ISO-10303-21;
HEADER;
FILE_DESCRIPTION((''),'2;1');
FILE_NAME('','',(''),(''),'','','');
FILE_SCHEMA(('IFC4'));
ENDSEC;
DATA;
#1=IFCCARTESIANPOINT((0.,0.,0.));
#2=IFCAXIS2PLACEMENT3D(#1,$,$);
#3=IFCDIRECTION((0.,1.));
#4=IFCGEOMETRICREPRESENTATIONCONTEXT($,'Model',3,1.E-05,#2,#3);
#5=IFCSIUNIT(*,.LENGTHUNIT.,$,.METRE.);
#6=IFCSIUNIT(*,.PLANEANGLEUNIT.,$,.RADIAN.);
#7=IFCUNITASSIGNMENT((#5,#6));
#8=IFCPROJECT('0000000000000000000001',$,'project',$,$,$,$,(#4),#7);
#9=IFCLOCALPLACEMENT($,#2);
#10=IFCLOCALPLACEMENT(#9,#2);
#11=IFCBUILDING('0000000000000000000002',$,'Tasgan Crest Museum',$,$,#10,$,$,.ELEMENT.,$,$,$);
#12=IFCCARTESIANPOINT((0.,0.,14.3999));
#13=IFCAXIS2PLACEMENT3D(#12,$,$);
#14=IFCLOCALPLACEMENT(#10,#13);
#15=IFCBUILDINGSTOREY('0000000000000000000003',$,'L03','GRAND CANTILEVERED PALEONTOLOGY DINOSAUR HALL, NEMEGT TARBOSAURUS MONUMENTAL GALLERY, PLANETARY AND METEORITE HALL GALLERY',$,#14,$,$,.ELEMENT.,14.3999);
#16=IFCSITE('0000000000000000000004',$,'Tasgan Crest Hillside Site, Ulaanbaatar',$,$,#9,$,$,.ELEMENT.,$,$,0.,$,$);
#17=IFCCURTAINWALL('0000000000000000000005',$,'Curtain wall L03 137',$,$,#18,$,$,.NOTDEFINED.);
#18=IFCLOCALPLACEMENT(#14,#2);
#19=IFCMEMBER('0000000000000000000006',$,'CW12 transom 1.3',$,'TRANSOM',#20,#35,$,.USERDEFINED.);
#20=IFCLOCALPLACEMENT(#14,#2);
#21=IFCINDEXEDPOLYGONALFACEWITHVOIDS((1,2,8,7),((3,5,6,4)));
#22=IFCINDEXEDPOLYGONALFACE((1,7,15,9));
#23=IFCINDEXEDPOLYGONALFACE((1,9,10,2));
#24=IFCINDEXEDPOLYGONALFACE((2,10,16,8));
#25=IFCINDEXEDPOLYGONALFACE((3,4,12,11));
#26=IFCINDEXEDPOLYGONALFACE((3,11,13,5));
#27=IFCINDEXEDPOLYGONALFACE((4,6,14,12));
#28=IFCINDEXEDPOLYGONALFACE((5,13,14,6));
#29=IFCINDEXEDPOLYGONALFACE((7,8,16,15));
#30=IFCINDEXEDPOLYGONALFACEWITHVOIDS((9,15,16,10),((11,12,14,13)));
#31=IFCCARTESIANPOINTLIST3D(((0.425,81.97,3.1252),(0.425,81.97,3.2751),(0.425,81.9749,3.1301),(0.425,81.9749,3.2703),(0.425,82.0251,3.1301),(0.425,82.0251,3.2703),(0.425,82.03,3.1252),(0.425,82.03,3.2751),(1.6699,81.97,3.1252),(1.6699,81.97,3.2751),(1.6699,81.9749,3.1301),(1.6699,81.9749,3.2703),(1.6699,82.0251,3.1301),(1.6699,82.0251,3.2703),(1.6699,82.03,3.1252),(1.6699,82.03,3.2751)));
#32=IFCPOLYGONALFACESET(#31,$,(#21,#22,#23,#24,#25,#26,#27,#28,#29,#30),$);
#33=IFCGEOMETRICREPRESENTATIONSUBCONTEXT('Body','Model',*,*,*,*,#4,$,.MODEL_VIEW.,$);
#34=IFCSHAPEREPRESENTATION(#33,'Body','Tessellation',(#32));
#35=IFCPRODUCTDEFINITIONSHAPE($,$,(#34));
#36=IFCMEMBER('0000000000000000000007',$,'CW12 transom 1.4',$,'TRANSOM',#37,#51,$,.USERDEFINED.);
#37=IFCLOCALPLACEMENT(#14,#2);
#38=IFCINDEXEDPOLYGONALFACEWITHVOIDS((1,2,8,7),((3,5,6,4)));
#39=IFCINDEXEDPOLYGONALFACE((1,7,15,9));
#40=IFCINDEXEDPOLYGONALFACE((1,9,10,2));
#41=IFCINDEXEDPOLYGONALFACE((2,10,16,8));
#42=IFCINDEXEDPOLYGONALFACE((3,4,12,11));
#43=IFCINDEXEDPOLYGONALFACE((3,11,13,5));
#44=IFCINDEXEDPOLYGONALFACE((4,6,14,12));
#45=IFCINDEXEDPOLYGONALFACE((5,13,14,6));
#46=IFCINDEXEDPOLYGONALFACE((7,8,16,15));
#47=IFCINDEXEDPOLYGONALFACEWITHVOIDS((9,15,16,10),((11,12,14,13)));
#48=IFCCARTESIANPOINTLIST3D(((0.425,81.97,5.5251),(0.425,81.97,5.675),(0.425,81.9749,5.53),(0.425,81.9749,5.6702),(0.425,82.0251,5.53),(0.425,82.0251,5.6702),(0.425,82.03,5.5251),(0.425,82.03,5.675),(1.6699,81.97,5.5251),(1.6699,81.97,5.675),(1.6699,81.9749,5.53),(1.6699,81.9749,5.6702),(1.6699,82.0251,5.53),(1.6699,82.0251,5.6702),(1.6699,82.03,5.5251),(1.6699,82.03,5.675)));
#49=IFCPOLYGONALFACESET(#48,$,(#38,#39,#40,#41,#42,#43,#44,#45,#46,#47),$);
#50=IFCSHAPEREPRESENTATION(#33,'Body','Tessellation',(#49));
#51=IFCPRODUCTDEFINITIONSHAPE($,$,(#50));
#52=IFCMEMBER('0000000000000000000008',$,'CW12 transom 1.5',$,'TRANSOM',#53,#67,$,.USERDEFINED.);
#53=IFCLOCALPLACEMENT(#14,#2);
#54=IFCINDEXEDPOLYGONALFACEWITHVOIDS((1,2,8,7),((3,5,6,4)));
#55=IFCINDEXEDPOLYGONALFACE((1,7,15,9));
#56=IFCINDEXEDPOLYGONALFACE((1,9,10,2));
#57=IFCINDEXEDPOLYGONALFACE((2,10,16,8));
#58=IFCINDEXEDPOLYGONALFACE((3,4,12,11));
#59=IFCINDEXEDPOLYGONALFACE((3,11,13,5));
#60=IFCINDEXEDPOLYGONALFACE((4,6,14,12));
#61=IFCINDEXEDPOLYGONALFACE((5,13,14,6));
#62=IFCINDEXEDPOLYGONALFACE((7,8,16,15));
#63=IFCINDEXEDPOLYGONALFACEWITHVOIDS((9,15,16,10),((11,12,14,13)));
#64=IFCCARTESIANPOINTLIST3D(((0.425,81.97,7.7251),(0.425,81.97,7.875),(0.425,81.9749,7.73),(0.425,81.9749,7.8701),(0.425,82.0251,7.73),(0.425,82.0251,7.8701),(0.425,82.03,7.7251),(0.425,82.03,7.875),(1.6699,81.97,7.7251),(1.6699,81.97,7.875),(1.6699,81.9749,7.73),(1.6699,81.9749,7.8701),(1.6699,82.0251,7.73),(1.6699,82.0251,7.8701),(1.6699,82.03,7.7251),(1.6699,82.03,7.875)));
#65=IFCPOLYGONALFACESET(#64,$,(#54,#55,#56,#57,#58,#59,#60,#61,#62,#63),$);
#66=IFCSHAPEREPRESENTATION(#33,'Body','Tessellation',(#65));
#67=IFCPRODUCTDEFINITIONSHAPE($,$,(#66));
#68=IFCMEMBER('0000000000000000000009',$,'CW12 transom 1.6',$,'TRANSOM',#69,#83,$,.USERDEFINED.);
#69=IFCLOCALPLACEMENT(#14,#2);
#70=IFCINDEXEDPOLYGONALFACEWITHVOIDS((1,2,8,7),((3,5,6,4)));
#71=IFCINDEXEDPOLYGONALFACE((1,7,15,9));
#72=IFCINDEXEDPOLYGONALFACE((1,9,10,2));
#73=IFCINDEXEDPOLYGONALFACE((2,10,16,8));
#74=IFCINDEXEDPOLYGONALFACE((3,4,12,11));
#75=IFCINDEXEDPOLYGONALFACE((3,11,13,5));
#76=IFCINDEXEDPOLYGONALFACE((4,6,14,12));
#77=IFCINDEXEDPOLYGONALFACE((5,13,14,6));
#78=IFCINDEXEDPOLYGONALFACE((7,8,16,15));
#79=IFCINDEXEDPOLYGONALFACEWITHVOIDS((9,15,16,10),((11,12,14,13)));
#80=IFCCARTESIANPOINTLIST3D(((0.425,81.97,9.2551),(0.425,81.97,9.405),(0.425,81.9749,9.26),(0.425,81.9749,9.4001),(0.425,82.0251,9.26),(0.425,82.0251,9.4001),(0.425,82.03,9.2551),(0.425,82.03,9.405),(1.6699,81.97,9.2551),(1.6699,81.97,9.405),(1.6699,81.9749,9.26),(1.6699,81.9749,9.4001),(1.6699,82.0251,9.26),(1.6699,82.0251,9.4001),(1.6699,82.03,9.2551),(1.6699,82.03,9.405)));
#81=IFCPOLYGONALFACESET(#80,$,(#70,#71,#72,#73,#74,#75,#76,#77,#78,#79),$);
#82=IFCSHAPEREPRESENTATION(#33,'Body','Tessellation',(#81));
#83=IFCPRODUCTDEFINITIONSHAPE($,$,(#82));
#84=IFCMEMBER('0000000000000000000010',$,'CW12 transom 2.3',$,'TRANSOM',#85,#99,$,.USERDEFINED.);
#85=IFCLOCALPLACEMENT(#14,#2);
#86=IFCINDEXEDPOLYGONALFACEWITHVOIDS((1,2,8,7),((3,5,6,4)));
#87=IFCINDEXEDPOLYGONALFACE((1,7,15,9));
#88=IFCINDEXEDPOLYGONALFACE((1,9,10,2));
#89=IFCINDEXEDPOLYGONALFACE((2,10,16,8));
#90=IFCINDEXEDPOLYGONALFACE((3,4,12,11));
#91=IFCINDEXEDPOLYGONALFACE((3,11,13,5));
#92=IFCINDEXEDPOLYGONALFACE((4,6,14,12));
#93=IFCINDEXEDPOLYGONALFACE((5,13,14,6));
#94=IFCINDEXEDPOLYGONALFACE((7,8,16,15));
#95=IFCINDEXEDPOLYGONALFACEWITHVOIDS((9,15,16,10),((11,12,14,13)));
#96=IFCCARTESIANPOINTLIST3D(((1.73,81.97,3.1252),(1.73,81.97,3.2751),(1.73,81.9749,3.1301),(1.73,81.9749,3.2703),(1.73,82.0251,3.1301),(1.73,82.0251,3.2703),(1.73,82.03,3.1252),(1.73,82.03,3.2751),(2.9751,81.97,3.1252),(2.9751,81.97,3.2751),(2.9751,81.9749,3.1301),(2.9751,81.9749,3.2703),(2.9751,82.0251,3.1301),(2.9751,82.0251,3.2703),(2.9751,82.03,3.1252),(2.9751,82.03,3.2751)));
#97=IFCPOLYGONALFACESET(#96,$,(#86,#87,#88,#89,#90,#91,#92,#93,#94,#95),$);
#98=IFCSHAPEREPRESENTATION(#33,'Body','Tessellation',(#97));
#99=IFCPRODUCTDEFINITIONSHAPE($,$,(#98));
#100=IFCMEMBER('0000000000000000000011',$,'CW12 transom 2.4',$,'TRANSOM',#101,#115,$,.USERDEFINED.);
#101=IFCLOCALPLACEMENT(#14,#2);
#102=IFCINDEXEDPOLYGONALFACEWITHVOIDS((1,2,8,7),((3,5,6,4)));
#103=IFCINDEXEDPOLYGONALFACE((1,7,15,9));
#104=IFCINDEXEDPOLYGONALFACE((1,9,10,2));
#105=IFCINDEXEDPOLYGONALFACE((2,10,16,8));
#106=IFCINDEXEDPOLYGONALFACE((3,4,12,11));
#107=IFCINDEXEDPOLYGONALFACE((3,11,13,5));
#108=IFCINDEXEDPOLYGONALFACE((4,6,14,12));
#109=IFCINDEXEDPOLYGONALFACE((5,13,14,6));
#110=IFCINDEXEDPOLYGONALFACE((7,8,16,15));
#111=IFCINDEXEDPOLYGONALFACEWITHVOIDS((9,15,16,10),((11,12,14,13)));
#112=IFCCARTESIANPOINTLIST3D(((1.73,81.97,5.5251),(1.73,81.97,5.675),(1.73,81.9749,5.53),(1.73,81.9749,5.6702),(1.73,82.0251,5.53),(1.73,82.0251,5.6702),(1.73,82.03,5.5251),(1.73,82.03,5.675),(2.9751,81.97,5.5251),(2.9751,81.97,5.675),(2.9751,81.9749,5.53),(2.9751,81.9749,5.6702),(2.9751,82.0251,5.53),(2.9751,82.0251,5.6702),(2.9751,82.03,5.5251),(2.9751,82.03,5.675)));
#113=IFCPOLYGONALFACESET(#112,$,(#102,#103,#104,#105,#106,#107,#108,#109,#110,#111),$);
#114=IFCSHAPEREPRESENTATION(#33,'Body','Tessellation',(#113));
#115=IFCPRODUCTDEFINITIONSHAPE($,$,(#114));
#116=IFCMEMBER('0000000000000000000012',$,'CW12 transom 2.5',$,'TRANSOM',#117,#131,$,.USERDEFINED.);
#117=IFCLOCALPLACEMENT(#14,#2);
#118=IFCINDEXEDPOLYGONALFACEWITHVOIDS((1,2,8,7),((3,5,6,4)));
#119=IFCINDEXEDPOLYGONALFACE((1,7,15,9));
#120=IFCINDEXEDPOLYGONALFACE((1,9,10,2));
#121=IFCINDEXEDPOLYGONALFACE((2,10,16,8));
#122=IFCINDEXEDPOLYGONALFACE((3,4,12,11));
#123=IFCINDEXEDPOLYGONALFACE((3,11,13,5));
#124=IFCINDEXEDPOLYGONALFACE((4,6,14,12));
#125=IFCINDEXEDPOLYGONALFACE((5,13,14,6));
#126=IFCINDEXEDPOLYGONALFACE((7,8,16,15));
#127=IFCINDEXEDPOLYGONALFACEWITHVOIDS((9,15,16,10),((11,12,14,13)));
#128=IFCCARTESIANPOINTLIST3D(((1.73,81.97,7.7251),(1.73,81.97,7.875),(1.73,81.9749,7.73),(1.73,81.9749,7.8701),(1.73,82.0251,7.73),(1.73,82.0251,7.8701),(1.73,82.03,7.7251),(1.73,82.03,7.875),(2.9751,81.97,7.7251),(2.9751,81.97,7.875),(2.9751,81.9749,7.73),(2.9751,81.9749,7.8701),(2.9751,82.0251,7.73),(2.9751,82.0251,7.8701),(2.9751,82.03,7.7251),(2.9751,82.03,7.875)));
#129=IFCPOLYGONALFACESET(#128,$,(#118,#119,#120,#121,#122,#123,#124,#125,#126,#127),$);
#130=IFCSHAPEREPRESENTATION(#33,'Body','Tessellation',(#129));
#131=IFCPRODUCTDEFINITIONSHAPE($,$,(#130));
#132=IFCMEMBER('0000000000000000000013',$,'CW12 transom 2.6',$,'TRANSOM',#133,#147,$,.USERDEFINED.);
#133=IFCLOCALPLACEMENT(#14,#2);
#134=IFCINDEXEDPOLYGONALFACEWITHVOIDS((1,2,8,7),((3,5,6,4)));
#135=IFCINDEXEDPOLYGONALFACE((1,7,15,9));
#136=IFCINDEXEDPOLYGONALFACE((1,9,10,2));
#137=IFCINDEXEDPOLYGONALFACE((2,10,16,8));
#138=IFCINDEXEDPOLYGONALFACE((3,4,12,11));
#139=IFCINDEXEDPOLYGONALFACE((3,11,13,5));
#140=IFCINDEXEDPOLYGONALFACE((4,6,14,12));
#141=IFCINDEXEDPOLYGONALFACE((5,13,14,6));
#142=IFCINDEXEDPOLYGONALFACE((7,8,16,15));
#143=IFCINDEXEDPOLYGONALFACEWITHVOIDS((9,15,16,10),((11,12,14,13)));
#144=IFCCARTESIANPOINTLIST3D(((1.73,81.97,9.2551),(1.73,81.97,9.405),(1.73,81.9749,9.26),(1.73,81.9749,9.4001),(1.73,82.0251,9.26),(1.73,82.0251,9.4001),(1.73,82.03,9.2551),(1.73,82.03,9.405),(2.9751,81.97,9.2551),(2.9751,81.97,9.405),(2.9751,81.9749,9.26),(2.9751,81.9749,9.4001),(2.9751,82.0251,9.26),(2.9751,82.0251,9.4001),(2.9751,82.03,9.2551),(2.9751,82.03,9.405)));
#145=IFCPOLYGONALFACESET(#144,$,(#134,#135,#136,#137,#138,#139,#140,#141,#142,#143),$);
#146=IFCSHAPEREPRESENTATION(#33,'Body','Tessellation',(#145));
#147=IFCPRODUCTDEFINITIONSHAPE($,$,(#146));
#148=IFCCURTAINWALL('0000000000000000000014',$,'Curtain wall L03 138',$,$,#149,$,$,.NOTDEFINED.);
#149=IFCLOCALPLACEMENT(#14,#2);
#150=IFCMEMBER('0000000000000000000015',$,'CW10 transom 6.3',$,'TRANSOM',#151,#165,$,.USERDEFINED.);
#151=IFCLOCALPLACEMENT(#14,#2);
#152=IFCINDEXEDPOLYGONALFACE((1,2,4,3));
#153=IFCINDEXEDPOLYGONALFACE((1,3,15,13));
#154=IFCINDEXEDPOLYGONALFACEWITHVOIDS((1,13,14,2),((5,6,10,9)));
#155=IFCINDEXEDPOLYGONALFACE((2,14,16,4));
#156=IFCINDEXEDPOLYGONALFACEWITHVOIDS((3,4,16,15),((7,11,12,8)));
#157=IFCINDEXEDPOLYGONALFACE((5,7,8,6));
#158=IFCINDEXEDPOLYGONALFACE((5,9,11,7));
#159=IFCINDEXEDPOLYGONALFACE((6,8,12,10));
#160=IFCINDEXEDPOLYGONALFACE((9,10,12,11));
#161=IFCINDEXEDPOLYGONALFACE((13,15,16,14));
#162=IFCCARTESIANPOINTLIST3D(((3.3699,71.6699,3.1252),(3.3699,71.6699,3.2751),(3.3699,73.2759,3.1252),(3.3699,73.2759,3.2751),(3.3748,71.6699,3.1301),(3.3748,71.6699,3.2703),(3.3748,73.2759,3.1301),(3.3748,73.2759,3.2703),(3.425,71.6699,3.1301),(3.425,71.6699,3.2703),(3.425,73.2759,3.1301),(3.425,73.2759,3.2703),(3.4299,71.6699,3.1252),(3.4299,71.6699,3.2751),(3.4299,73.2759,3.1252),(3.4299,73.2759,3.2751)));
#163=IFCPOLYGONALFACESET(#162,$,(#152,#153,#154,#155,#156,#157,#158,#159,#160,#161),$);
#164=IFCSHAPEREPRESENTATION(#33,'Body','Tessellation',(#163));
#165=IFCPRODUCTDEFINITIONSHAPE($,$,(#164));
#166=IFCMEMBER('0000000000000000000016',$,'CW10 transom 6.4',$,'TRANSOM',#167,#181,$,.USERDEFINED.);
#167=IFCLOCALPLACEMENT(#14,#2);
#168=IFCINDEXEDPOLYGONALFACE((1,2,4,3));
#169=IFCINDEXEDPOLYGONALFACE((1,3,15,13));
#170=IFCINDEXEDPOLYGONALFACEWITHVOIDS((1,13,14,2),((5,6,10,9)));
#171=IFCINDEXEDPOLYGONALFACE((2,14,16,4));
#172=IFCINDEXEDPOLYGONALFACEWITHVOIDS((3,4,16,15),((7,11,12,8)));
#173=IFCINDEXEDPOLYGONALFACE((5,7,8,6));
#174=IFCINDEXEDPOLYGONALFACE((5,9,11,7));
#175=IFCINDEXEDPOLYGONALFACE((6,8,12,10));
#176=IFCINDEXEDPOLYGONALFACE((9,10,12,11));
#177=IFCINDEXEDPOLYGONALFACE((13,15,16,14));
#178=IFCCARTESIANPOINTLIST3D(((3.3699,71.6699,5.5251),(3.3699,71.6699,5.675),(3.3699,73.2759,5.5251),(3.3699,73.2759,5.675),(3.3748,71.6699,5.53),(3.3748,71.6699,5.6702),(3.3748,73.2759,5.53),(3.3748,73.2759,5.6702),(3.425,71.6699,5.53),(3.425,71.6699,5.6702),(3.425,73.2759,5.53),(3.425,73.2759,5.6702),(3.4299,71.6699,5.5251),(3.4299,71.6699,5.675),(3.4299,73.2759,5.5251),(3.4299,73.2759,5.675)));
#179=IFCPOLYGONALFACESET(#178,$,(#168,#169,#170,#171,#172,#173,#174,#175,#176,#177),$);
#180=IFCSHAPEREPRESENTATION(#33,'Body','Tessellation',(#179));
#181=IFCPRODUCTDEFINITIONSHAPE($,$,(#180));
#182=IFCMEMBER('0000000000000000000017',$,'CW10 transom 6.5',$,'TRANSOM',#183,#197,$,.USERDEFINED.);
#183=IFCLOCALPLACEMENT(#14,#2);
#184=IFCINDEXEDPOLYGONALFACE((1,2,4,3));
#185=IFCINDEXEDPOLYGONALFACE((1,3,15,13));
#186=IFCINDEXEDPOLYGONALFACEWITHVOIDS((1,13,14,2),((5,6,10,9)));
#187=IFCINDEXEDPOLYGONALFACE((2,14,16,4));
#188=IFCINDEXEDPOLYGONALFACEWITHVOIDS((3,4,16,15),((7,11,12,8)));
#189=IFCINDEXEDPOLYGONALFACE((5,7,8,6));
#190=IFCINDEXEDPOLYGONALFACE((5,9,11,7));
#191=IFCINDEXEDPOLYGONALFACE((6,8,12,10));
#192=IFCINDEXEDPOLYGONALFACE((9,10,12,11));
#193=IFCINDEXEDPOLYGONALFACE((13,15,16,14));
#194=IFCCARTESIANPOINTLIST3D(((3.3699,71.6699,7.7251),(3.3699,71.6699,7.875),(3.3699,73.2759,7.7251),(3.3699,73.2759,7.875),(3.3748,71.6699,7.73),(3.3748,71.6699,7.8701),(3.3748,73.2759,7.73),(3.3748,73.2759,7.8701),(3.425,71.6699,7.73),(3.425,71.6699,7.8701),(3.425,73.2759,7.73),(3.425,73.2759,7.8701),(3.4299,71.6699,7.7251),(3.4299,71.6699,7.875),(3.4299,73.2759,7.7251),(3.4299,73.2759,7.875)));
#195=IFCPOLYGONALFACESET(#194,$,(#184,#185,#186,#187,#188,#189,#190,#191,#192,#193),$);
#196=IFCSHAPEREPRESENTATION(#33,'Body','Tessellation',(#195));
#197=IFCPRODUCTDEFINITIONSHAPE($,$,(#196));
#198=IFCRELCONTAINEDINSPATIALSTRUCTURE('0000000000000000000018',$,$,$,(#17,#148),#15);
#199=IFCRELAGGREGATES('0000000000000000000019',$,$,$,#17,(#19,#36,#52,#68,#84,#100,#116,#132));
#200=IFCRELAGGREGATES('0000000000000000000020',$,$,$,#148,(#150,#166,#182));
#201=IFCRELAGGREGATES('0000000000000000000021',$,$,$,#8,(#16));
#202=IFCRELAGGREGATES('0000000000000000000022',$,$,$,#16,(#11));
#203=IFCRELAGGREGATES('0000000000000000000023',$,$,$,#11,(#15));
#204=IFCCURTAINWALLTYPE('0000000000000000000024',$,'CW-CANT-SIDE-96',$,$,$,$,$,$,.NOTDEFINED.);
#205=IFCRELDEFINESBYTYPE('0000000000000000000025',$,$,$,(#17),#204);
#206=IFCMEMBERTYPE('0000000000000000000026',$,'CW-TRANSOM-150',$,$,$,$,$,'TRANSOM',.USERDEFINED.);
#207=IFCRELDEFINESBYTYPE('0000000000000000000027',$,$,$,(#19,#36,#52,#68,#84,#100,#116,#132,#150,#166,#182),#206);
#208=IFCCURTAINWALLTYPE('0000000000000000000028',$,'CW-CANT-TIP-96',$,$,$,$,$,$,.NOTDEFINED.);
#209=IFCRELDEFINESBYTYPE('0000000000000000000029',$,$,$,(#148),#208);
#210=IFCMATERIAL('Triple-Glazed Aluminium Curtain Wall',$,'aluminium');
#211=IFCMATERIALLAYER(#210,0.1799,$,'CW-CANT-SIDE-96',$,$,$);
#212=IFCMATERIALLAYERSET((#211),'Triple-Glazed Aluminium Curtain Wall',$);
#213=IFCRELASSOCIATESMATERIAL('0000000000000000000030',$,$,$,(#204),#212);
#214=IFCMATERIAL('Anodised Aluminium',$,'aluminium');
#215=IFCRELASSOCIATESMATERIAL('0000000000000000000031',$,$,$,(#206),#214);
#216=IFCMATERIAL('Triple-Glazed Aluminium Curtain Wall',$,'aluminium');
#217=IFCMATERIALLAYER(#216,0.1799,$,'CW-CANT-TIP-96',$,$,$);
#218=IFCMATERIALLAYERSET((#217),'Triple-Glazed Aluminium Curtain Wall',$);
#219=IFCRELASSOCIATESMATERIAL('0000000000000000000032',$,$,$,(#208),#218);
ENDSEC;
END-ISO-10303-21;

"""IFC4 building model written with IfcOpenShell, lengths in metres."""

from ifc_helpers import new_model, si_unit, direction, frame, origin, origin_2d, place, context, subcontext, project, spatial, hollow_rectangle, extrude, material, layer, layer_set, material_profile, profile_set, type_object, element, aggregate, save


model = new_model("IFC4")

# Units and contexts
model_context = context("Model", 3, precision=1e-05, world=origin(), true_north=direction((0.0, 1.0)))
body_context = subcontext(model_context, "Body", "Model", "MODEL_VIEW")
ifc_project = project(units=[si_unit("LENGTHUNIT", "METRE"), si_unit("PLANEANGLEUNIT", "RADIAN")], contexts=[model_context])

# Site, building, storey
site_placement = place(None, origin())
site = spatial("IfcSite", under=ifc_project, at=site_placement, Name="Tasgan Crest Hillside Site, Ulaanbaatar", CompositionType="ELEMENT", RefElevation=0.0)
building_placement = place(site_placement, origin())
building = spatial("IfcBuilding", under=site, at=building_placement, Name="Tasgan Crest Museum", CompositionType="ELEMENT")
storey_placement = place(building_placement, frame((0.0, 0.0, 14.3999)))
storey = spatial("IfcBuildingStorey", under=building, at=storey_placement, Name="L03", Description="GRAND CANTILEVERED PALEONTOLOGY DINOSAUR HALL, NEMEGT TARBOSAURUS MONUMENTAL GALLERY, PLANETARY AND METEORITE HALL GALLERY", CompositionType="ELEMENT", Elevation=14.3999)

# Curtain walls, members
ifc_material_1 = material(Name="Triple-Glazed Aluminium Curtain Wall", Category="aluminium")
ifc_layer_1 = layer(ifc_material_1, 0.1799, Name="CW-CANT-SIDE-96")
ifc_layer_set_1 = layer_set([ifc_layer_1], Name="Triple-Glazed Aluminium Curtain Wall")
curtain_wall_type_1 = type_object("IfcCurtainWallType", Name="CW-CANT-SIDE-96", PredefinedType="NOTDEFINED", material=ifc_layer_set_1)
curtain_wall_1_placement = place(storey_placement, origin())
curtain_wall_1 = element("IfcCurtainWall", 1, at=curtain_wall_1_placement, inside=storey, type_object=curtain_wall_type_1, Name="Curtain wall L03 137", PredefinedType="NOTDEFINED")
ifc_material_2 = material(Name="Anodised Aluminium", Category="aluminium")
ifc_material_profile = material_profile(ifc_material_2, hollow_rectangle(XDim=0.0601, YDim=0.1499, WallThickness=0.0049, at=origin_2d()), Name="ALU TRANSOM 150x60x5")
ifc_profile_set = profile_set([ifc_material_profile], Name="Anodised Aluminium")
member_type = type_object("IfcMemberType", Name="CW-TRANSOM-150", ElementType="TRANSOM", PredefinedType="USERDEFINED", material=ifc_profile_set)
member_1_placement = place(storey_placement, frame((0.425, 82.0, 3.2002), z_axis=(1.0, 0.0, 0.0), x_axis=(0.0, 1.0, 0.0)))
member_1 = element("IfcMember", 2, at=member_1_placement, type_object=member_type, Name="CW12 transom 1.3", ObjectType="TRANSOM", PredefinedType="USERDEFINED", context=body_context, shape_type="SweptSolid", body=[
    extrude(hollow_rectangle(XDim=0.0601, YDim=0.1499, WallThickness=0.0049, at=origin_2d()), origin(), (0.0, 0.0, 1.0), 1.2449),
])
member_2_placement = place(storey_placement, frame((0.425, 82.0, 5.6001), z_axis=(1.0, 0.0, 0.0), x_axis=(0.0, 1.0, 0.0)))
member_2 = element("IfcMember", 3, at=member_2_placement, type_object=member_type, Name="CW12 transom 1.4", ObjectType="TRANSOM", PredefinedType="USERDEFINED", context=body_context, shape_type="SweptSolid", body=[
    extrude(hollow_rectangle(XDim=0.0601, YDim=0.1499, WallThickness=0.0049, at=origin_2d()), origin(), (0.0, 0.0, 1.0), 1.2449),
])
member_3_placement = place(storey_placement, frame((0.425, 82.0, 7.8), z_axis=(1.0, 0.0, 0.0), x_axis=(0.0, 1.0, 0.0)))
member_3 = element("IfcMember", 4, at=member_3_placement, type_object=member_type, Name="CW12 transom 1.5", ObjectType="TRANSOM", PredefinedType="USERDEFINED", context=body_context, shape_type="SweptSolid", body=[
    extrude(hollow_rectangle(XDim=0.0601, YDim=0.1499, WallThickness=0.0049, at=origin_2d()), origin(), (0.0, 0.0, 1.0), 1.2449),
])
member_4_placement = place(storey_placement, frame((0.425, 82.0, 9.3301), z_axis=(1.0, 0.0, 0.0), x_axis=(0.0, 1.0, 0.0)))
member_4 = element("IfcMember", 5, at=member_4_placement, type_object=member_type, Name="CW12 transom 1.6", ObjectType="TRANSOM", PredefinedType="USERDEFINED", context=body_context, shape_type="SweptSolid", body=[
    extrude(hollow_rectangle(XDim=0.0601, YDim=0.1499, WallThickness=0.0049, at=origin_2d()), origin(), (0.0, 0.0, 1.0), 1.2449),
])
member_5_placement = place(storey_placement, frame((1.73, 82.0, 3.2002), z_axis=(1.0, 0.0, 0.0), x_axis=(0.0, 1.0, 0.0)))
member_5 = element("IfcMember", 6, at=member_5_placement, type_object=member_type, Name="CW12 transom 2.3", ObjectType="TRANSOM", PredefinedType="USERDEFINED", context=body_context, shape_type="SweptSolid", body=[
    extrude(hollow_rectangle(XDim=0.0601, YDim=0.1499, WallThickness=0.0049, at=origin_2d()), origin(), (0.0, 0.0, 1.0), 1.2451),
])
member_6_placement = place(storey_placement, frame((1.73, 82.0, 5.6001), z_axis=(1.0, 0.0, 0.0), x_axis=(0.0, 1.0, 0.0)))
member_6 = element("IfcMember", 7, at=member_6_placement, type_object=member_type, Name="CW12 transom 2.4", ObjectType="TRANSOM", PredefinedType="USERDEFINED", context=body_context, shape_type="SweptSolid", body=[
    extrude(hollow_rectangle(XDim=0.0601, YDim=0.1499, WallThickness=0.0049, at=origin_2d()), origin(), (0.0, 0.0, 1.0), 1.2451),
])
member_7_placement = place(storey_placement, frame((1.73, 82.0, 7.8), z_axis=(1.0, 0.0, 0.0), x_axis=(0.0, 1.0, 0.0)))
member_7 = element("IfcMember", 8, at=member_7_placement, type_object=member_type, Name="CW12 transom 2.5", ObjectType="TRANSOM", PredefinedType="USERDEFINED", context=body_context, shape_type="SweptSolid", body=[
    extrude(hollow_rectangle(XDim=0.0601, YDim=0.1499, WallThickness=0.0049, at=origin_2d()), origin(), (0.0, 0.0, 1.0), 1.2451),
])
member_8_placement = place(storey_placement, frame((1.73, 82.0, 9.3301), z_axis=(1.0, 0.0, 0.0), x_axis=(0.0, 1.0, 0.0)))
member_8 = element("IfcMember", 9, at=member_8_placement, type_object=member_type, Name="CW12 transom 2.6", ObjectType="TRANSOM", PredefinedType="USERDEFINED", context=body_context, shape_type="SweptSolid", body=[
    extrude(hollow_rectangle(XDim=0.0601, YDim=0.1499, WallThickness=0.0049, at=origin_2d()), origin(), (0.0, 0.0, 1.0), 1.2451),
])
ifc_material_3 = material(Name="Triple-Glazed Aluminium Curtain Wall", Category="aluminium")
ifc_layer_2 = layer(ifc_material_3, 0.1799, Name="CW-CANT-TIP-96")
ifc_layer_set_2 = layer_set([ifc_layer_2], Name="Triple-Glazed Aluminium Curtain Wall")
curtain_wall_type_2 = type_object("IfcCurtainWallType", Name="CW-CANT-TIP-96", PredefinedType="NOTDEFINED", material=ifc_layer_set_2)
curtain_wall_2_placement = place(storey_placement, origin())
curtain_wall_2 = element("IfcCurtainWall", 10, at=curtain_wall_2_placement, inside=storey, type_object=curtain_wall_type_2, Name="Curtain wall L03 138", PredefinedType="NOTDEFINED")
member_9_placement = place(storey_placement, frame((3.3999, 73.2759, 3.2002), z_axis=(0.0, -1.0, 0.0), x_axis=(1.0, 0.0, 0.0)))
member_9 = element("IfcMember", 11, at=member_9_placement, type_object=member_type, Name="CW10 transom 6.3", ObjectType="TRANSOM", PredefinedType="USERDEFINED", context=body_context, shape_type="SweptSolid", body=[
    extrude(hollow_rectangle(XDim=0.0601, YDim=0.1499, WallThickness=0.0049, at=origin_2d()), origin(), (0.0, 0.0, 1.0), 1.606),
])
member_10_placement = place(storey_placement, frame((3.3999, 73.2759, 5.6001), z_axis=(0.0, -1.0, 0.0), x_axis=(1.0, 0.0, 0.0)))
member_10 = element("IfcMember", 12, at=member_10_placement, type_object=member_type, Name="CW10 transom 6.4", ObjectType="TRANSOM", PredefinedType="USERDEFINED", context=body_context, shape_type="SweptSolid", body=[
    extrude(hollow_rectangle(XDim=0.0601, YDim=0.1499, WallThickness=0.0049, at=origin_2d()), origin(), (0.0, 0.0, 1.0), 1.606),
])
member_11_placement = place(storey_placement, frame((3.3999, 73.2759, 7.8), z_axis=(0.0, -1.0, 0.0), x_axis=(1.0, 0.0, 0.0)))
member_11 = element("IfcMember", 13, at=member_11_placement, type_object=member_type, Name="CW10 transom 6.5", ObjectType="TRANSOM", PredefinedType="USERDEFINED", context=body_context, shape_type="SweptSolid", body=[
    extrude(hollow_rectangle(XDim=0.0601, YDim=0.1499, WallThickness=0.0049, at=origin_2d()), origin(), (0.0, 0.0, 1.0), 1.606),
])

aggregate(curtain_wall_1, [member_1, member_2, member_3, member_4, member_5, member_6, member_7, member_8])
aggregate(curtain_wall_2, [member_9, member_10, member_11])

save(model, "model.ifc")
